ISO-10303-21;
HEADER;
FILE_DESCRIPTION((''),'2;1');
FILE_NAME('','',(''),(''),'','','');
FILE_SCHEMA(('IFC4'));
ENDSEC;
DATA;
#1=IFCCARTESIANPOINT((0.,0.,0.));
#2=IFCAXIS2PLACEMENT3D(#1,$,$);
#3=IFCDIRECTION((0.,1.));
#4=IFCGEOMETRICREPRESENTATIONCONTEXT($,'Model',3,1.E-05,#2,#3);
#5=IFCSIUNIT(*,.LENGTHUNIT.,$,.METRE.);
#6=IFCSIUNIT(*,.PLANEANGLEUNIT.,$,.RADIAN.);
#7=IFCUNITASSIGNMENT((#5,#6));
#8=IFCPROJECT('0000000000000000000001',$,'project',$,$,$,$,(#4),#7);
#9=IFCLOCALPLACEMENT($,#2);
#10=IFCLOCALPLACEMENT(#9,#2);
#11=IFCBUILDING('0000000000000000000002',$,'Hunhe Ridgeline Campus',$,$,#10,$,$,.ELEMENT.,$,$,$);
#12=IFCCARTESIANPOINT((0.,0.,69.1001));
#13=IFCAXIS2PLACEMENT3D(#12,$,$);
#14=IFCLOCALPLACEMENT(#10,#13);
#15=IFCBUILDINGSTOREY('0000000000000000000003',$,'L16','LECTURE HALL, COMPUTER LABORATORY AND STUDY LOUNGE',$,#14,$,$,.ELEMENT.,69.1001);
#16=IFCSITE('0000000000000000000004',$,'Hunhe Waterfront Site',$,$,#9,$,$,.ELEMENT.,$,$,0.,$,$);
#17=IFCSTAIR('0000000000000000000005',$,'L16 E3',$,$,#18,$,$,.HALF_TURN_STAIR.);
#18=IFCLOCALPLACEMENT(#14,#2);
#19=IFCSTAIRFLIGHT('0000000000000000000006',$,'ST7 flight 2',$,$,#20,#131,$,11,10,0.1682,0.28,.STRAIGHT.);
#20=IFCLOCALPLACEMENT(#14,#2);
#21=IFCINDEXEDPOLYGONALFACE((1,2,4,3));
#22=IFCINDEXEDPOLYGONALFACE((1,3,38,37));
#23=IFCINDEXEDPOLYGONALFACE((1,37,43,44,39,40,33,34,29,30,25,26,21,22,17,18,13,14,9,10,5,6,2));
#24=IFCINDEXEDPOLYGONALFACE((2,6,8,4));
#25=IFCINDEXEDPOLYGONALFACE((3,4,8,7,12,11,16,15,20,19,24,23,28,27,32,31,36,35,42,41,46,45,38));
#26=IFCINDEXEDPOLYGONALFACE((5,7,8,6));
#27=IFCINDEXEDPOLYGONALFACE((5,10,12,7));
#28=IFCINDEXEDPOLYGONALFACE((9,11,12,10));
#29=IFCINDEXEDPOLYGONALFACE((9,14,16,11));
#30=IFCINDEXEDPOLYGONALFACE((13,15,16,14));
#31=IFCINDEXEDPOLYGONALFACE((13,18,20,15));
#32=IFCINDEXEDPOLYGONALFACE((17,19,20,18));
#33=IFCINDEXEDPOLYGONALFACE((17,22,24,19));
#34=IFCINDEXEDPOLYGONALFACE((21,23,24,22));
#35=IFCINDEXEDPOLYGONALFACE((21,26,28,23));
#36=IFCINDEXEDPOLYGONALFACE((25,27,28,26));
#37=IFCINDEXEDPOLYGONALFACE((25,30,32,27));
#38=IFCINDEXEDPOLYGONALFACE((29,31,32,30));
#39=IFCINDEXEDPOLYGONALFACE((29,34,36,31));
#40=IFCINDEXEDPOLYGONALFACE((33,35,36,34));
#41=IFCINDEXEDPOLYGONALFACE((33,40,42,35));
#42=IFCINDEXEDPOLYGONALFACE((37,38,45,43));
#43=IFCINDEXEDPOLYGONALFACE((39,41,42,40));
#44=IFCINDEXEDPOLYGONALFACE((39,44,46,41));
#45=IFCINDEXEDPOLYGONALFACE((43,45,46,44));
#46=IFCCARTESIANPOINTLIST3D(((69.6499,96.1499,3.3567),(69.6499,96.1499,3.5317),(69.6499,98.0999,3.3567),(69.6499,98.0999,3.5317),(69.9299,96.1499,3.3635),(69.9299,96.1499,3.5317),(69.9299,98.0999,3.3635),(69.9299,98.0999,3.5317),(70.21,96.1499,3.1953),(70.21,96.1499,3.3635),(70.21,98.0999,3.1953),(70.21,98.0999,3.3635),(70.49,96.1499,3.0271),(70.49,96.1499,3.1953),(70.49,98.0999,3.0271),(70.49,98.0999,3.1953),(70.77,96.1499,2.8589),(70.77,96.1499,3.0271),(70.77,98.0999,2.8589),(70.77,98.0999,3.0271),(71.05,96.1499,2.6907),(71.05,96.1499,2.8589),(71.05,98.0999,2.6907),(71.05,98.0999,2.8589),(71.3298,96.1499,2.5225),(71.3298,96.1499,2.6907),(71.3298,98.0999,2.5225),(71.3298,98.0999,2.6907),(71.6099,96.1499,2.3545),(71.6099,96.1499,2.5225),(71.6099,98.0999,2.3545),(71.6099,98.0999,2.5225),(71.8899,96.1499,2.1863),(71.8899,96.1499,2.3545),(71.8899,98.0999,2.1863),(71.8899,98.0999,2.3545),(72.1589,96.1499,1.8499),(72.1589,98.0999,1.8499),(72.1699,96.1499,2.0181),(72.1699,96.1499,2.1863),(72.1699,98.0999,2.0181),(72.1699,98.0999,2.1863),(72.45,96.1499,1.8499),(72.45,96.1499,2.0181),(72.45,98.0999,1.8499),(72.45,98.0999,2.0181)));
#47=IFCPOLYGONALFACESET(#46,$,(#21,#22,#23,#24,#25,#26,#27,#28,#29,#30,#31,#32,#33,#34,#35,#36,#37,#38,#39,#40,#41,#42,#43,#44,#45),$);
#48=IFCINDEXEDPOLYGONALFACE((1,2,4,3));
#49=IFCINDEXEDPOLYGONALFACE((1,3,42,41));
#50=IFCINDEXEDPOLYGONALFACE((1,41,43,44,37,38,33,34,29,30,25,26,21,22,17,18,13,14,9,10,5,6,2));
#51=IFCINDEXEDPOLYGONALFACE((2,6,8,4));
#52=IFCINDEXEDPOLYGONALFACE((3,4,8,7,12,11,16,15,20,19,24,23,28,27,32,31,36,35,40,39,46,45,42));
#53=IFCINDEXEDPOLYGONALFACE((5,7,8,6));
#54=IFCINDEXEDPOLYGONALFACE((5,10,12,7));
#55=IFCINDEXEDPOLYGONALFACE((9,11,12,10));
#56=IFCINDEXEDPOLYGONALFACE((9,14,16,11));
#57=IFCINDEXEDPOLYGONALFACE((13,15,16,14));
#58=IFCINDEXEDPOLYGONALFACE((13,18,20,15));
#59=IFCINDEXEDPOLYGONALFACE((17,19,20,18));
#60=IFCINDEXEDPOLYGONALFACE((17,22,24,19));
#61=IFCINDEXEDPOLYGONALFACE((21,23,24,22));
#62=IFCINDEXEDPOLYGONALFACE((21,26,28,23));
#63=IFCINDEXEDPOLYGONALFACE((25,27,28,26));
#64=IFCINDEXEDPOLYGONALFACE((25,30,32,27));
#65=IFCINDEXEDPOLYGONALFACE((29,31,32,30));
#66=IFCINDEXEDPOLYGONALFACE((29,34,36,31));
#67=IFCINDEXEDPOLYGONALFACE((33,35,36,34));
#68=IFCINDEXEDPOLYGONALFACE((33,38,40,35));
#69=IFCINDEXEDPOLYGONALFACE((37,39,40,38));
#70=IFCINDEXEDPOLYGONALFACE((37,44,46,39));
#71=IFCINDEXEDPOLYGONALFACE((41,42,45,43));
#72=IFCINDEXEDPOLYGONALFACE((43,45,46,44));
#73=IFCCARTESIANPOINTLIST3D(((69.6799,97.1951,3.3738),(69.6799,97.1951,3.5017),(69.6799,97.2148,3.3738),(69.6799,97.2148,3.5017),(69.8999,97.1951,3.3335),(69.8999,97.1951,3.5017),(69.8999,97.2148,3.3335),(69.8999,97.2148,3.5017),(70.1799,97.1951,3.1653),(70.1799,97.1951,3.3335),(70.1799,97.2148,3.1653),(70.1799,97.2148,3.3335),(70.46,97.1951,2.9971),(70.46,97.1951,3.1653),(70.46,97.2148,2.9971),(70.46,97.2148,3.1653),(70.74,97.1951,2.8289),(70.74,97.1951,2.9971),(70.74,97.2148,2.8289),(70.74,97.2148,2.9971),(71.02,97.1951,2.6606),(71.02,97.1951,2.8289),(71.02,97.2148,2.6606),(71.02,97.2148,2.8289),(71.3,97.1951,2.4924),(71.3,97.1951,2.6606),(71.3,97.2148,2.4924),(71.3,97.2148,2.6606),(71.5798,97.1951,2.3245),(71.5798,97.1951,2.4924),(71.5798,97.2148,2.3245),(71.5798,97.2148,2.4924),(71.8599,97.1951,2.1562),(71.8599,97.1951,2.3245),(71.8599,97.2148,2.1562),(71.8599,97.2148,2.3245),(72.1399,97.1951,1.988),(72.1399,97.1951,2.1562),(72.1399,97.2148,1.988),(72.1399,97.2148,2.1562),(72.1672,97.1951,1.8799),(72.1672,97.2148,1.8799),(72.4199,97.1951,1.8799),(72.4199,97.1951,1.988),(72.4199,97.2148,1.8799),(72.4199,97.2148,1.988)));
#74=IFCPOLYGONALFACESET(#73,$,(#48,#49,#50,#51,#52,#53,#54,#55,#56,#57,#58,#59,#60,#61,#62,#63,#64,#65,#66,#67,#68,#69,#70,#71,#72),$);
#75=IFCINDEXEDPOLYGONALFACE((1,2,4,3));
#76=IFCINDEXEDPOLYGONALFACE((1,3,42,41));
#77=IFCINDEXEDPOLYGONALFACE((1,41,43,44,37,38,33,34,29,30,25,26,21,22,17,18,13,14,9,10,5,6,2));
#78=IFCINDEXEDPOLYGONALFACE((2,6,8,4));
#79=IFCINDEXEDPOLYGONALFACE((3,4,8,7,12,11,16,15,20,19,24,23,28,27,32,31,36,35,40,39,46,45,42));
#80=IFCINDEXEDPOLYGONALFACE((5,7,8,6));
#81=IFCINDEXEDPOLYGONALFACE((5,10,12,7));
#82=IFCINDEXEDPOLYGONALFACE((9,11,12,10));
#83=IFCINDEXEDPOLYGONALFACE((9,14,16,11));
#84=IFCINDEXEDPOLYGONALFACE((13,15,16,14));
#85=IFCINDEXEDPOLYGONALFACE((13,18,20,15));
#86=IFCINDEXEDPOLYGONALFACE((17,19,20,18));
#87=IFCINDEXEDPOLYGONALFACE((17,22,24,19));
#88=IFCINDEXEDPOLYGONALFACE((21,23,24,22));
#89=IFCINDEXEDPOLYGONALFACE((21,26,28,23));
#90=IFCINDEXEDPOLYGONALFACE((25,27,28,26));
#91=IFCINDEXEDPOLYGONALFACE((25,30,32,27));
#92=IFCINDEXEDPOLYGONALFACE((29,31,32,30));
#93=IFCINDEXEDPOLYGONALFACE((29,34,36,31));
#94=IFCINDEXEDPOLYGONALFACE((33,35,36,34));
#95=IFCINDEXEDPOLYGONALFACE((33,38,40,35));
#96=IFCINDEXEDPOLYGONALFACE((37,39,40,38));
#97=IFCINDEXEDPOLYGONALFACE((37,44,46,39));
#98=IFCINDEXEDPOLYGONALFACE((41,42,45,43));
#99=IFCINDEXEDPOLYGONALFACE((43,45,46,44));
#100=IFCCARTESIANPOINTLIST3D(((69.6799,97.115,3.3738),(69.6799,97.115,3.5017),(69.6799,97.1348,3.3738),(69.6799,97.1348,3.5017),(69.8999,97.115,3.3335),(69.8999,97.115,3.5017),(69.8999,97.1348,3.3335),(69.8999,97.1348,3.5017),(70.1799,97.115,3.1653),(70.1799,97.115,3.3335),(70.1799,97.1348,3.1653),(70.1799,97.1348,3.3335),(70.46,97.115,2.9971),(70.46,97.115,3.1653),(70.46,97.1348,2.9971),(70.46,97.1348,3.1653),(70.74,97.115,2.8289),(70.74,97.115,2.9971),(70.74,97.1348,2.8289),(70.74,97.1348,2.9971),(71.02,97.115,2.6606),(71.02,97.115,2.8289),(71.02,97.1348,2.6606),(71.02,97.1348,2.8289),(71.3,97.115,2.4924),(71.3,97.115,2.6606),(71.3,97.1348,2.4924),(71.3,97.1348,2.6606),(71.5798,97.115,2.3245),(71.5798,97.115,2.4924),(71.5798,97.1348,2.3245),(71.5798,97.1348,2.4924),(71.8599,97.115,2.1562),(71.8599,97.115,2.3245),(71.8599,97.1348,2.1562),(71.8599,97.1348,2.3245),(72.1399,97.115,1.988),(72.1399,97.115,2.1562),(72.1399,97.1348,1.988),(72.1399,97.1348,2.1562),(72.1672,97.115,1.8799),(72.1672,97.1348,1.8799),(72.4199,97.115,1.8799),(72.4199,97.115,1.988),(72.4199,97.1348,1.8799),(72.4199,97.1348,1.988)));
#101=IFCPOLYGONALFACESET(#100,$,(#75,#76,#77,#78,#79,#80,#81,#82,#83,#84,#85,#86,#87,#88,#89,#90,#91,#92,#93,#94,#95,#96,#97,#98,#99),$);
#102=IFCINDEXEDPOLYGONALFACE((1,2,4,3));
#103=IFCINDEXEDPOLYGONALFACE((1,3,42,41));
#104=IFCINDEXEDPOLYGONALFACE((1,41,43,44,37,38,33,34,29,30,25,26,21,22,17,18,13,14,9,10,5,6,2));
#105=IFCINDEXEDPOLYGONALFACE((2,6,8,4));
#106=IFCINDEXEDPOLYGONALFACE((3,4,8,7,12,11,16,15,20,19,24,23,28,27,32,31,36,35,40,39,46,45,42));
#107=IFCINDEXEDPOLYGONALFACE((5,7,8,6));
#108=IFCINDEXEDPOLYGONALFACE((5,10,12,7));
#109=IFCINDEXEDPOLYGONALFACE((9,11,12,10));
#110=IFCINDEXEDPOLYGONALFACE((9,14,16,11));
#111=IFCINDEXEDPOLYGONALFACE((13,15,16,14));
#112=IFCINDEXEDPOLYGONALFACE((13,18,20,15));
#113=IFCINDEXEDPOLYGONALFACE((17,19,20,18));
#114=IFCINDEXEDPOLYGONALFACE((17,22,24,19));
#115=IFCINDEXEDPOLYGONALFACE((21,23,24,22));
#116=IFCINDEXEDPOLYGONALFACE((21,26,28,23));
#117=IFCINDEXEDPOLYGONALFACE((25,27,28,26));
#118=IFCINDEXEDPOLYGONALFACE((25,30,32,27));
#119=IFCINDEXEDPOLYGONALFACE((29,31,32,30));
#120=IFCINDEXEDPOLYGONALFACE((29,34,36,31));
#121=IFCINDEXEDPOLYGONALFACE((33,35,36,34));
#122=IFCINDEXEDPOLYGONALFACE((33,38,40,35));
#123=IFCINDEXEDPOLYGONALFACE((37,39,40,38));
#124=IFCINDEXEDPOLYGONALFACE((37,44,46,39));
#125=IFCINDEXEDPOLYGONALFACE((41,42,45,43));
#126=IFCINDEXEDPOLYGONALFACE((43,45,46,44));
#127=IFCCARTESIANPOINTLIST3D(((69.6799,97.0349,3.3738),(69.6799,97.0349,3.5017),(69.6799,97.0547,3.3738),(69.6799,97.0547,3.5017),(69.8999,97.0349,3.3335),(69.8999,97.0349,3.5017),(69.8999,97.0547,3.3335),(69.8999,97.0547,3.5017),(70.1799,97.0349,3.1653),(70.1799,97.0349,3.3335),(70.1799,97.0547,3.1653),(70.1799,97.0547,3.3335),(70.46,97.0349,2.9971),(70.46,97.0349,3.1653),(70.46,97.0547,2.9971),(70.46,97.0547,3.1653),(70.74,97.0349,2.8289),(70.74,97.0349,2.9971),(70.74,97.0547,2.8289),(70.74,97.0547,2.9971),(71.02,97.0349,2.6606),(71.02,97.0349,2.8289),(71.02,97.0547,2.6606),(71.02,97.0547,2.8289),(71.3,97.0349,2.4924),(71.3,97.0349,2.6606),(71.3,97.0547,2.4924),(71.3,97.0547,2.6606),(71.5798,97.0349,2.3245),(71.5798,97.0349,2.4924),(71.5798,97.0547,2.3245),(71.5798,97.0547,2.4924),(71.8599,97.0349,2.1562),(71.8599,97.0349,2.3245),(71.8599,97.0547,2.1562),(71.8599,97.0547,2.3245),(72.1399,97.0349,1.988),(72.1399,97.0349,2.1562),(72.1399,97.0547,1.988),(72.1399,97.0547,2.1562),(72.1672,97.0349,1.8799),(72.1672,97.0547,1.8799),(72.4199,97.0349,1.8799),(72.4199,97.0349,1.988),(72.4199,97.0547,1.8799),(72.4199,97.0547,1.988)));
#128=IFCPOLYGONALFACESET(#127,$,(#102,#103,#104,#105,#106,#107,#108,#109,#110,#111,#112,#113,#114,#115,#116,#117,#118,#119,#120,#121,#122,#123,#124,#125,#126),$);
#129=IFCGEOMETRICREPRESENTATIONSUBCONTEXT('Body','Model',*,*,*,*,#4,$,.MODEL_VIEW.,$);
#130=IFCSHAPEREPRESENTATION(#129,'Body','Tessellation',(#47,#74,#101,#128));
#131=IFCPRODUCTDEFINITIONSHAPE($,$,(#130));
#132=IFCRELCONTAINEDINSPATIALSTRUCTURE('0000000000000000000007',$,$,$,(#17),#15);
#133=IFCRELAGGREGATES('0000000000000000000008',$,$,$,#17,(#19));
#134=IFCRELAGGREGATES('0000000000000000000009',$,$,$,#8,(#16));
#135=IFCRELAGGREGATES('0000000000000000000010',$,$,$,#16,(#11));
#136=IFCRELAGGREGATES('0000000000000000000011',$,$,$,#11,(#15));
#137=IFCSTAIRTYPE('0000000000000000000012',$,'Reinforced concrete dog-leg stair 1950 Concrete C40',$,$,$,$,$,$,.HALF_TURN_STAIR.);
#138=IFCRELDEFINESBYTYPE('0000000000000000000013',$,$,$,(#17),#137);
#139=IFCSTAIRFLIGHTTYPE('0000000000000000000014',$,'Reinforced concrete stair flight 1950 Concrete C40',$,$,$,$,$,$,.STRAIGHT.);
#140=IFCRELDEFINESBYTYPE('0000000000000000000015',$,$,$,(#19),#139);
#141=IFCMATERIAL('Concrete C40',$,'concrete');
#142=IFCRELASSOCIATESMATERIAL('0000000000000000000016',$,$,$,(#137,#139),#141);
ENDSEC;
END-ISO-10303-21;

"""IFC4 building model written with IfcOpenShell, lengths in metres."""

from ifc_helpers import new_model, si_unit, direction, frame, origin, place, context, subcontext, project, spatial, polyline, outline, extrude, material, type_object, element, aggregate, save


model = new_model("IFC4")

# Units and contexts
model_context = context("Model", 3, precision=1e-05, world=origin(), true_north=direction((0.0, 1.0)))
body_context = subcontext(model_context, "Body", "Model", "MODEL_VIEW")
ifc_project = project(units=[si_unit("LENGTHUNIT", "METRE"), si_unit("PLANEANGLEUNIT", "RADIAN")], contexts=[model_context])

# Site, building, storey
site_placement = place(None, origin())
site = spatial("IfcSite", under=ifc_project, at=site_placement, Name="Hunhe Waterfront Site", CompositionType="ELEMENT", RefElevation=0.0)
building_placement = place(site_placement, origin())
building = spatial("IfcBuilding", under=site, at=building_placement, Name="Hunhe Ridgeline Campus", CompositionType="ELEMENT")
storey_placement = place(building_placement, frame((0.0, 0.0, 69.1001)))
storey = spatial("IfcBuildingStorey", under=building, at=storey_placement, Name="L16", Description="LECTURE HALL, COMPUTER LABORATORY AND STUDY LOUNGE", CompositionType="ELEMENT", Elevation=69.1001)

# Stair, stair flight
ifc_material_1 = material(Name="Concrete C40", Category="concrete")
stair_type = type_object("IfcStairType", Name="Reinforced concrete dog-leg stair 1950 Concrete C40", PredefinedType="HALF_TURN_STAIR", material=ifc_material_1)
stair_placement = place(storey_placement, origin())
stair = element("IfcStair", 1, at=stair_placement, inside=storey, type_object=stair_type, Name="L16 E3", PredefinedType="HALF_TURN_STAIR")
stair_flight_type = type_object("IfcStairFlightType", Name="Reinforced concrete stair flight 1950 Concrete C40", PredefinedType="STRAIGHT", material=ifc_material_1)
stair_flight_1_placement = place(storey_placement, frame((72.45, 97.125, 1.8499), z_axis=(0.0, 0.0, 1.0), x_axis=(-1.0, 0.0, 0.0)))
stair_flight_1 = element("IfcStairFlight", 2, at=stair_flight_1_placement, type_object=stair_flight_type, Name="ST7 flight 2", NumberOfRisers=11, NumberOfTreads=10, PredefinedType="STRAIGHT", RiserHeight=0.1682, TreadLength=0.28, context=body_context, shape_type="SweptSolid", body=[
    extrude(outline(polyline([(0.0, 0.0), (0.0, 0.1682), (0.28, 0.1682), (0.28, 0.3364), (0.5601, 0.3364), (0.5601, 0.5046), (0.8401, 0.5046), (0.8401, 0.6726), (1.1201, 0.6726), (1.1201, 0.8408), (1.3999, 0.8408), (1.3999, 1.009), (1.6799, 1.009), (1.6799, 1.1772), (1.96, 1.1772), (1.96, 1.3455), (2.24, 1.3455), (2.24, 1.5137), (2.52, 1.5137), (2.52, 1.6819), (2.8, 1.6819), (2.8, 1.8501), (2.8, 1.5068), (0.291, 0.0), (0.0, 0.0)])), frame((0.0, 0.9751, 0.0), z_axis=(0.0, -1.0, 0.0), x_axis=(1.0, 0.0, 0.0)), (0.0, 0.0, 1.0), 1.95),
    extrude(outline(polyline([(0.03, 0.03), (0.03, 0.1382), (0.3101, 0.1382), (0.3101, 0.3064), (0.5901, 0.3064), (0.5901, 0.4746), (0.8701, 0.4746), (0.8701, 0.6426), (1.1499, 0.6426), (1.1499, 0.8108), (1.4299, 0.8108), (1.4299, 0.979), (1.71, 0.979), (1.71, 1.1472), (1.99, 1.1472), (1.99, 1.3154), (2.27, 1.3154), (2.27, 1.4836), (2.55, 1.4836), (2.55, 1.6519), (2.77, 1.6519), (2.77, 1.5239), (0.2827, 0.03), (0.03, 0.03)])), frame((0.0, -0.0701, 0.0), z_axis=(0.0, -1.0, 0.0), x_axis=(1.0, 0.0, 0.0)), (0.0, 0.0, 1.0), 0.0198),
    extrude(outline(polyline([(0.03, 0.03), (0.03, 0.1382), (0.3101, 0.1382), (0.3101, 0.3064), (0.5901, 0.3064), (0.5901, 0.4746), (0.8701, 0.4746), (0.8701, 0.6426), (1.1499, 0.6426), (1.1499, 0.8108), (1.4299, 0.8108), (1.4299, 0.979), (1.71, 0.979), (1.71, 1.1472), (1.99, 1.1472), (1.99, 1.3154), (2.27, 1.3154), (2.27, 1.4836), (2.55, 1.4836), (2.55, 1.6519), (2.77, 1.6519), (2.77, 1.5239), (0.2827, 0.03), (0.03, 0.03)])), frame((0.0, 0.01, 0.0), z_axis=(0.0, -1.0, 0.0), x_axis=(1.0, 0.0, 0.0)), (0.0, 0.0, 1.0), 0.0198),
    extrude(outline(polyline([(0.03, 0.03), (0.03, 0.1382), (0.3101, 0.1382), (0.3101, 0.3064), (0.5901, 0.3064), (0.5901, 0.4746), (0.8701, 0.4746), (0.8701, 0.6426), (1.1499, 0.6426), (1.1499, 0.8108), (1.4299, 0.8108), (1.4299, 0.979), (1.71, 0.979), (1.71, 1.1472), (1.99, 1.1472), (1.99, 1.3154), (2.27, 1.3154), (2.27, 1.4836), (2.55, 1.4836), (2.55, 1.6519), (2.77, 1.6519), (2.77, 1.5239), (0.2827, 0.03), (0.03, 0.03)])), frame((0.0, 0.0901, 0.0), z_axis=(0.0, -1.0, 0.0), x_axis=(1.0, 0.0, 0.0)), (0.0, 0.0, 1.0), 0.0198),
])
aggregate(stair, [stair_flight_1])

save(model, "model.ifc")
